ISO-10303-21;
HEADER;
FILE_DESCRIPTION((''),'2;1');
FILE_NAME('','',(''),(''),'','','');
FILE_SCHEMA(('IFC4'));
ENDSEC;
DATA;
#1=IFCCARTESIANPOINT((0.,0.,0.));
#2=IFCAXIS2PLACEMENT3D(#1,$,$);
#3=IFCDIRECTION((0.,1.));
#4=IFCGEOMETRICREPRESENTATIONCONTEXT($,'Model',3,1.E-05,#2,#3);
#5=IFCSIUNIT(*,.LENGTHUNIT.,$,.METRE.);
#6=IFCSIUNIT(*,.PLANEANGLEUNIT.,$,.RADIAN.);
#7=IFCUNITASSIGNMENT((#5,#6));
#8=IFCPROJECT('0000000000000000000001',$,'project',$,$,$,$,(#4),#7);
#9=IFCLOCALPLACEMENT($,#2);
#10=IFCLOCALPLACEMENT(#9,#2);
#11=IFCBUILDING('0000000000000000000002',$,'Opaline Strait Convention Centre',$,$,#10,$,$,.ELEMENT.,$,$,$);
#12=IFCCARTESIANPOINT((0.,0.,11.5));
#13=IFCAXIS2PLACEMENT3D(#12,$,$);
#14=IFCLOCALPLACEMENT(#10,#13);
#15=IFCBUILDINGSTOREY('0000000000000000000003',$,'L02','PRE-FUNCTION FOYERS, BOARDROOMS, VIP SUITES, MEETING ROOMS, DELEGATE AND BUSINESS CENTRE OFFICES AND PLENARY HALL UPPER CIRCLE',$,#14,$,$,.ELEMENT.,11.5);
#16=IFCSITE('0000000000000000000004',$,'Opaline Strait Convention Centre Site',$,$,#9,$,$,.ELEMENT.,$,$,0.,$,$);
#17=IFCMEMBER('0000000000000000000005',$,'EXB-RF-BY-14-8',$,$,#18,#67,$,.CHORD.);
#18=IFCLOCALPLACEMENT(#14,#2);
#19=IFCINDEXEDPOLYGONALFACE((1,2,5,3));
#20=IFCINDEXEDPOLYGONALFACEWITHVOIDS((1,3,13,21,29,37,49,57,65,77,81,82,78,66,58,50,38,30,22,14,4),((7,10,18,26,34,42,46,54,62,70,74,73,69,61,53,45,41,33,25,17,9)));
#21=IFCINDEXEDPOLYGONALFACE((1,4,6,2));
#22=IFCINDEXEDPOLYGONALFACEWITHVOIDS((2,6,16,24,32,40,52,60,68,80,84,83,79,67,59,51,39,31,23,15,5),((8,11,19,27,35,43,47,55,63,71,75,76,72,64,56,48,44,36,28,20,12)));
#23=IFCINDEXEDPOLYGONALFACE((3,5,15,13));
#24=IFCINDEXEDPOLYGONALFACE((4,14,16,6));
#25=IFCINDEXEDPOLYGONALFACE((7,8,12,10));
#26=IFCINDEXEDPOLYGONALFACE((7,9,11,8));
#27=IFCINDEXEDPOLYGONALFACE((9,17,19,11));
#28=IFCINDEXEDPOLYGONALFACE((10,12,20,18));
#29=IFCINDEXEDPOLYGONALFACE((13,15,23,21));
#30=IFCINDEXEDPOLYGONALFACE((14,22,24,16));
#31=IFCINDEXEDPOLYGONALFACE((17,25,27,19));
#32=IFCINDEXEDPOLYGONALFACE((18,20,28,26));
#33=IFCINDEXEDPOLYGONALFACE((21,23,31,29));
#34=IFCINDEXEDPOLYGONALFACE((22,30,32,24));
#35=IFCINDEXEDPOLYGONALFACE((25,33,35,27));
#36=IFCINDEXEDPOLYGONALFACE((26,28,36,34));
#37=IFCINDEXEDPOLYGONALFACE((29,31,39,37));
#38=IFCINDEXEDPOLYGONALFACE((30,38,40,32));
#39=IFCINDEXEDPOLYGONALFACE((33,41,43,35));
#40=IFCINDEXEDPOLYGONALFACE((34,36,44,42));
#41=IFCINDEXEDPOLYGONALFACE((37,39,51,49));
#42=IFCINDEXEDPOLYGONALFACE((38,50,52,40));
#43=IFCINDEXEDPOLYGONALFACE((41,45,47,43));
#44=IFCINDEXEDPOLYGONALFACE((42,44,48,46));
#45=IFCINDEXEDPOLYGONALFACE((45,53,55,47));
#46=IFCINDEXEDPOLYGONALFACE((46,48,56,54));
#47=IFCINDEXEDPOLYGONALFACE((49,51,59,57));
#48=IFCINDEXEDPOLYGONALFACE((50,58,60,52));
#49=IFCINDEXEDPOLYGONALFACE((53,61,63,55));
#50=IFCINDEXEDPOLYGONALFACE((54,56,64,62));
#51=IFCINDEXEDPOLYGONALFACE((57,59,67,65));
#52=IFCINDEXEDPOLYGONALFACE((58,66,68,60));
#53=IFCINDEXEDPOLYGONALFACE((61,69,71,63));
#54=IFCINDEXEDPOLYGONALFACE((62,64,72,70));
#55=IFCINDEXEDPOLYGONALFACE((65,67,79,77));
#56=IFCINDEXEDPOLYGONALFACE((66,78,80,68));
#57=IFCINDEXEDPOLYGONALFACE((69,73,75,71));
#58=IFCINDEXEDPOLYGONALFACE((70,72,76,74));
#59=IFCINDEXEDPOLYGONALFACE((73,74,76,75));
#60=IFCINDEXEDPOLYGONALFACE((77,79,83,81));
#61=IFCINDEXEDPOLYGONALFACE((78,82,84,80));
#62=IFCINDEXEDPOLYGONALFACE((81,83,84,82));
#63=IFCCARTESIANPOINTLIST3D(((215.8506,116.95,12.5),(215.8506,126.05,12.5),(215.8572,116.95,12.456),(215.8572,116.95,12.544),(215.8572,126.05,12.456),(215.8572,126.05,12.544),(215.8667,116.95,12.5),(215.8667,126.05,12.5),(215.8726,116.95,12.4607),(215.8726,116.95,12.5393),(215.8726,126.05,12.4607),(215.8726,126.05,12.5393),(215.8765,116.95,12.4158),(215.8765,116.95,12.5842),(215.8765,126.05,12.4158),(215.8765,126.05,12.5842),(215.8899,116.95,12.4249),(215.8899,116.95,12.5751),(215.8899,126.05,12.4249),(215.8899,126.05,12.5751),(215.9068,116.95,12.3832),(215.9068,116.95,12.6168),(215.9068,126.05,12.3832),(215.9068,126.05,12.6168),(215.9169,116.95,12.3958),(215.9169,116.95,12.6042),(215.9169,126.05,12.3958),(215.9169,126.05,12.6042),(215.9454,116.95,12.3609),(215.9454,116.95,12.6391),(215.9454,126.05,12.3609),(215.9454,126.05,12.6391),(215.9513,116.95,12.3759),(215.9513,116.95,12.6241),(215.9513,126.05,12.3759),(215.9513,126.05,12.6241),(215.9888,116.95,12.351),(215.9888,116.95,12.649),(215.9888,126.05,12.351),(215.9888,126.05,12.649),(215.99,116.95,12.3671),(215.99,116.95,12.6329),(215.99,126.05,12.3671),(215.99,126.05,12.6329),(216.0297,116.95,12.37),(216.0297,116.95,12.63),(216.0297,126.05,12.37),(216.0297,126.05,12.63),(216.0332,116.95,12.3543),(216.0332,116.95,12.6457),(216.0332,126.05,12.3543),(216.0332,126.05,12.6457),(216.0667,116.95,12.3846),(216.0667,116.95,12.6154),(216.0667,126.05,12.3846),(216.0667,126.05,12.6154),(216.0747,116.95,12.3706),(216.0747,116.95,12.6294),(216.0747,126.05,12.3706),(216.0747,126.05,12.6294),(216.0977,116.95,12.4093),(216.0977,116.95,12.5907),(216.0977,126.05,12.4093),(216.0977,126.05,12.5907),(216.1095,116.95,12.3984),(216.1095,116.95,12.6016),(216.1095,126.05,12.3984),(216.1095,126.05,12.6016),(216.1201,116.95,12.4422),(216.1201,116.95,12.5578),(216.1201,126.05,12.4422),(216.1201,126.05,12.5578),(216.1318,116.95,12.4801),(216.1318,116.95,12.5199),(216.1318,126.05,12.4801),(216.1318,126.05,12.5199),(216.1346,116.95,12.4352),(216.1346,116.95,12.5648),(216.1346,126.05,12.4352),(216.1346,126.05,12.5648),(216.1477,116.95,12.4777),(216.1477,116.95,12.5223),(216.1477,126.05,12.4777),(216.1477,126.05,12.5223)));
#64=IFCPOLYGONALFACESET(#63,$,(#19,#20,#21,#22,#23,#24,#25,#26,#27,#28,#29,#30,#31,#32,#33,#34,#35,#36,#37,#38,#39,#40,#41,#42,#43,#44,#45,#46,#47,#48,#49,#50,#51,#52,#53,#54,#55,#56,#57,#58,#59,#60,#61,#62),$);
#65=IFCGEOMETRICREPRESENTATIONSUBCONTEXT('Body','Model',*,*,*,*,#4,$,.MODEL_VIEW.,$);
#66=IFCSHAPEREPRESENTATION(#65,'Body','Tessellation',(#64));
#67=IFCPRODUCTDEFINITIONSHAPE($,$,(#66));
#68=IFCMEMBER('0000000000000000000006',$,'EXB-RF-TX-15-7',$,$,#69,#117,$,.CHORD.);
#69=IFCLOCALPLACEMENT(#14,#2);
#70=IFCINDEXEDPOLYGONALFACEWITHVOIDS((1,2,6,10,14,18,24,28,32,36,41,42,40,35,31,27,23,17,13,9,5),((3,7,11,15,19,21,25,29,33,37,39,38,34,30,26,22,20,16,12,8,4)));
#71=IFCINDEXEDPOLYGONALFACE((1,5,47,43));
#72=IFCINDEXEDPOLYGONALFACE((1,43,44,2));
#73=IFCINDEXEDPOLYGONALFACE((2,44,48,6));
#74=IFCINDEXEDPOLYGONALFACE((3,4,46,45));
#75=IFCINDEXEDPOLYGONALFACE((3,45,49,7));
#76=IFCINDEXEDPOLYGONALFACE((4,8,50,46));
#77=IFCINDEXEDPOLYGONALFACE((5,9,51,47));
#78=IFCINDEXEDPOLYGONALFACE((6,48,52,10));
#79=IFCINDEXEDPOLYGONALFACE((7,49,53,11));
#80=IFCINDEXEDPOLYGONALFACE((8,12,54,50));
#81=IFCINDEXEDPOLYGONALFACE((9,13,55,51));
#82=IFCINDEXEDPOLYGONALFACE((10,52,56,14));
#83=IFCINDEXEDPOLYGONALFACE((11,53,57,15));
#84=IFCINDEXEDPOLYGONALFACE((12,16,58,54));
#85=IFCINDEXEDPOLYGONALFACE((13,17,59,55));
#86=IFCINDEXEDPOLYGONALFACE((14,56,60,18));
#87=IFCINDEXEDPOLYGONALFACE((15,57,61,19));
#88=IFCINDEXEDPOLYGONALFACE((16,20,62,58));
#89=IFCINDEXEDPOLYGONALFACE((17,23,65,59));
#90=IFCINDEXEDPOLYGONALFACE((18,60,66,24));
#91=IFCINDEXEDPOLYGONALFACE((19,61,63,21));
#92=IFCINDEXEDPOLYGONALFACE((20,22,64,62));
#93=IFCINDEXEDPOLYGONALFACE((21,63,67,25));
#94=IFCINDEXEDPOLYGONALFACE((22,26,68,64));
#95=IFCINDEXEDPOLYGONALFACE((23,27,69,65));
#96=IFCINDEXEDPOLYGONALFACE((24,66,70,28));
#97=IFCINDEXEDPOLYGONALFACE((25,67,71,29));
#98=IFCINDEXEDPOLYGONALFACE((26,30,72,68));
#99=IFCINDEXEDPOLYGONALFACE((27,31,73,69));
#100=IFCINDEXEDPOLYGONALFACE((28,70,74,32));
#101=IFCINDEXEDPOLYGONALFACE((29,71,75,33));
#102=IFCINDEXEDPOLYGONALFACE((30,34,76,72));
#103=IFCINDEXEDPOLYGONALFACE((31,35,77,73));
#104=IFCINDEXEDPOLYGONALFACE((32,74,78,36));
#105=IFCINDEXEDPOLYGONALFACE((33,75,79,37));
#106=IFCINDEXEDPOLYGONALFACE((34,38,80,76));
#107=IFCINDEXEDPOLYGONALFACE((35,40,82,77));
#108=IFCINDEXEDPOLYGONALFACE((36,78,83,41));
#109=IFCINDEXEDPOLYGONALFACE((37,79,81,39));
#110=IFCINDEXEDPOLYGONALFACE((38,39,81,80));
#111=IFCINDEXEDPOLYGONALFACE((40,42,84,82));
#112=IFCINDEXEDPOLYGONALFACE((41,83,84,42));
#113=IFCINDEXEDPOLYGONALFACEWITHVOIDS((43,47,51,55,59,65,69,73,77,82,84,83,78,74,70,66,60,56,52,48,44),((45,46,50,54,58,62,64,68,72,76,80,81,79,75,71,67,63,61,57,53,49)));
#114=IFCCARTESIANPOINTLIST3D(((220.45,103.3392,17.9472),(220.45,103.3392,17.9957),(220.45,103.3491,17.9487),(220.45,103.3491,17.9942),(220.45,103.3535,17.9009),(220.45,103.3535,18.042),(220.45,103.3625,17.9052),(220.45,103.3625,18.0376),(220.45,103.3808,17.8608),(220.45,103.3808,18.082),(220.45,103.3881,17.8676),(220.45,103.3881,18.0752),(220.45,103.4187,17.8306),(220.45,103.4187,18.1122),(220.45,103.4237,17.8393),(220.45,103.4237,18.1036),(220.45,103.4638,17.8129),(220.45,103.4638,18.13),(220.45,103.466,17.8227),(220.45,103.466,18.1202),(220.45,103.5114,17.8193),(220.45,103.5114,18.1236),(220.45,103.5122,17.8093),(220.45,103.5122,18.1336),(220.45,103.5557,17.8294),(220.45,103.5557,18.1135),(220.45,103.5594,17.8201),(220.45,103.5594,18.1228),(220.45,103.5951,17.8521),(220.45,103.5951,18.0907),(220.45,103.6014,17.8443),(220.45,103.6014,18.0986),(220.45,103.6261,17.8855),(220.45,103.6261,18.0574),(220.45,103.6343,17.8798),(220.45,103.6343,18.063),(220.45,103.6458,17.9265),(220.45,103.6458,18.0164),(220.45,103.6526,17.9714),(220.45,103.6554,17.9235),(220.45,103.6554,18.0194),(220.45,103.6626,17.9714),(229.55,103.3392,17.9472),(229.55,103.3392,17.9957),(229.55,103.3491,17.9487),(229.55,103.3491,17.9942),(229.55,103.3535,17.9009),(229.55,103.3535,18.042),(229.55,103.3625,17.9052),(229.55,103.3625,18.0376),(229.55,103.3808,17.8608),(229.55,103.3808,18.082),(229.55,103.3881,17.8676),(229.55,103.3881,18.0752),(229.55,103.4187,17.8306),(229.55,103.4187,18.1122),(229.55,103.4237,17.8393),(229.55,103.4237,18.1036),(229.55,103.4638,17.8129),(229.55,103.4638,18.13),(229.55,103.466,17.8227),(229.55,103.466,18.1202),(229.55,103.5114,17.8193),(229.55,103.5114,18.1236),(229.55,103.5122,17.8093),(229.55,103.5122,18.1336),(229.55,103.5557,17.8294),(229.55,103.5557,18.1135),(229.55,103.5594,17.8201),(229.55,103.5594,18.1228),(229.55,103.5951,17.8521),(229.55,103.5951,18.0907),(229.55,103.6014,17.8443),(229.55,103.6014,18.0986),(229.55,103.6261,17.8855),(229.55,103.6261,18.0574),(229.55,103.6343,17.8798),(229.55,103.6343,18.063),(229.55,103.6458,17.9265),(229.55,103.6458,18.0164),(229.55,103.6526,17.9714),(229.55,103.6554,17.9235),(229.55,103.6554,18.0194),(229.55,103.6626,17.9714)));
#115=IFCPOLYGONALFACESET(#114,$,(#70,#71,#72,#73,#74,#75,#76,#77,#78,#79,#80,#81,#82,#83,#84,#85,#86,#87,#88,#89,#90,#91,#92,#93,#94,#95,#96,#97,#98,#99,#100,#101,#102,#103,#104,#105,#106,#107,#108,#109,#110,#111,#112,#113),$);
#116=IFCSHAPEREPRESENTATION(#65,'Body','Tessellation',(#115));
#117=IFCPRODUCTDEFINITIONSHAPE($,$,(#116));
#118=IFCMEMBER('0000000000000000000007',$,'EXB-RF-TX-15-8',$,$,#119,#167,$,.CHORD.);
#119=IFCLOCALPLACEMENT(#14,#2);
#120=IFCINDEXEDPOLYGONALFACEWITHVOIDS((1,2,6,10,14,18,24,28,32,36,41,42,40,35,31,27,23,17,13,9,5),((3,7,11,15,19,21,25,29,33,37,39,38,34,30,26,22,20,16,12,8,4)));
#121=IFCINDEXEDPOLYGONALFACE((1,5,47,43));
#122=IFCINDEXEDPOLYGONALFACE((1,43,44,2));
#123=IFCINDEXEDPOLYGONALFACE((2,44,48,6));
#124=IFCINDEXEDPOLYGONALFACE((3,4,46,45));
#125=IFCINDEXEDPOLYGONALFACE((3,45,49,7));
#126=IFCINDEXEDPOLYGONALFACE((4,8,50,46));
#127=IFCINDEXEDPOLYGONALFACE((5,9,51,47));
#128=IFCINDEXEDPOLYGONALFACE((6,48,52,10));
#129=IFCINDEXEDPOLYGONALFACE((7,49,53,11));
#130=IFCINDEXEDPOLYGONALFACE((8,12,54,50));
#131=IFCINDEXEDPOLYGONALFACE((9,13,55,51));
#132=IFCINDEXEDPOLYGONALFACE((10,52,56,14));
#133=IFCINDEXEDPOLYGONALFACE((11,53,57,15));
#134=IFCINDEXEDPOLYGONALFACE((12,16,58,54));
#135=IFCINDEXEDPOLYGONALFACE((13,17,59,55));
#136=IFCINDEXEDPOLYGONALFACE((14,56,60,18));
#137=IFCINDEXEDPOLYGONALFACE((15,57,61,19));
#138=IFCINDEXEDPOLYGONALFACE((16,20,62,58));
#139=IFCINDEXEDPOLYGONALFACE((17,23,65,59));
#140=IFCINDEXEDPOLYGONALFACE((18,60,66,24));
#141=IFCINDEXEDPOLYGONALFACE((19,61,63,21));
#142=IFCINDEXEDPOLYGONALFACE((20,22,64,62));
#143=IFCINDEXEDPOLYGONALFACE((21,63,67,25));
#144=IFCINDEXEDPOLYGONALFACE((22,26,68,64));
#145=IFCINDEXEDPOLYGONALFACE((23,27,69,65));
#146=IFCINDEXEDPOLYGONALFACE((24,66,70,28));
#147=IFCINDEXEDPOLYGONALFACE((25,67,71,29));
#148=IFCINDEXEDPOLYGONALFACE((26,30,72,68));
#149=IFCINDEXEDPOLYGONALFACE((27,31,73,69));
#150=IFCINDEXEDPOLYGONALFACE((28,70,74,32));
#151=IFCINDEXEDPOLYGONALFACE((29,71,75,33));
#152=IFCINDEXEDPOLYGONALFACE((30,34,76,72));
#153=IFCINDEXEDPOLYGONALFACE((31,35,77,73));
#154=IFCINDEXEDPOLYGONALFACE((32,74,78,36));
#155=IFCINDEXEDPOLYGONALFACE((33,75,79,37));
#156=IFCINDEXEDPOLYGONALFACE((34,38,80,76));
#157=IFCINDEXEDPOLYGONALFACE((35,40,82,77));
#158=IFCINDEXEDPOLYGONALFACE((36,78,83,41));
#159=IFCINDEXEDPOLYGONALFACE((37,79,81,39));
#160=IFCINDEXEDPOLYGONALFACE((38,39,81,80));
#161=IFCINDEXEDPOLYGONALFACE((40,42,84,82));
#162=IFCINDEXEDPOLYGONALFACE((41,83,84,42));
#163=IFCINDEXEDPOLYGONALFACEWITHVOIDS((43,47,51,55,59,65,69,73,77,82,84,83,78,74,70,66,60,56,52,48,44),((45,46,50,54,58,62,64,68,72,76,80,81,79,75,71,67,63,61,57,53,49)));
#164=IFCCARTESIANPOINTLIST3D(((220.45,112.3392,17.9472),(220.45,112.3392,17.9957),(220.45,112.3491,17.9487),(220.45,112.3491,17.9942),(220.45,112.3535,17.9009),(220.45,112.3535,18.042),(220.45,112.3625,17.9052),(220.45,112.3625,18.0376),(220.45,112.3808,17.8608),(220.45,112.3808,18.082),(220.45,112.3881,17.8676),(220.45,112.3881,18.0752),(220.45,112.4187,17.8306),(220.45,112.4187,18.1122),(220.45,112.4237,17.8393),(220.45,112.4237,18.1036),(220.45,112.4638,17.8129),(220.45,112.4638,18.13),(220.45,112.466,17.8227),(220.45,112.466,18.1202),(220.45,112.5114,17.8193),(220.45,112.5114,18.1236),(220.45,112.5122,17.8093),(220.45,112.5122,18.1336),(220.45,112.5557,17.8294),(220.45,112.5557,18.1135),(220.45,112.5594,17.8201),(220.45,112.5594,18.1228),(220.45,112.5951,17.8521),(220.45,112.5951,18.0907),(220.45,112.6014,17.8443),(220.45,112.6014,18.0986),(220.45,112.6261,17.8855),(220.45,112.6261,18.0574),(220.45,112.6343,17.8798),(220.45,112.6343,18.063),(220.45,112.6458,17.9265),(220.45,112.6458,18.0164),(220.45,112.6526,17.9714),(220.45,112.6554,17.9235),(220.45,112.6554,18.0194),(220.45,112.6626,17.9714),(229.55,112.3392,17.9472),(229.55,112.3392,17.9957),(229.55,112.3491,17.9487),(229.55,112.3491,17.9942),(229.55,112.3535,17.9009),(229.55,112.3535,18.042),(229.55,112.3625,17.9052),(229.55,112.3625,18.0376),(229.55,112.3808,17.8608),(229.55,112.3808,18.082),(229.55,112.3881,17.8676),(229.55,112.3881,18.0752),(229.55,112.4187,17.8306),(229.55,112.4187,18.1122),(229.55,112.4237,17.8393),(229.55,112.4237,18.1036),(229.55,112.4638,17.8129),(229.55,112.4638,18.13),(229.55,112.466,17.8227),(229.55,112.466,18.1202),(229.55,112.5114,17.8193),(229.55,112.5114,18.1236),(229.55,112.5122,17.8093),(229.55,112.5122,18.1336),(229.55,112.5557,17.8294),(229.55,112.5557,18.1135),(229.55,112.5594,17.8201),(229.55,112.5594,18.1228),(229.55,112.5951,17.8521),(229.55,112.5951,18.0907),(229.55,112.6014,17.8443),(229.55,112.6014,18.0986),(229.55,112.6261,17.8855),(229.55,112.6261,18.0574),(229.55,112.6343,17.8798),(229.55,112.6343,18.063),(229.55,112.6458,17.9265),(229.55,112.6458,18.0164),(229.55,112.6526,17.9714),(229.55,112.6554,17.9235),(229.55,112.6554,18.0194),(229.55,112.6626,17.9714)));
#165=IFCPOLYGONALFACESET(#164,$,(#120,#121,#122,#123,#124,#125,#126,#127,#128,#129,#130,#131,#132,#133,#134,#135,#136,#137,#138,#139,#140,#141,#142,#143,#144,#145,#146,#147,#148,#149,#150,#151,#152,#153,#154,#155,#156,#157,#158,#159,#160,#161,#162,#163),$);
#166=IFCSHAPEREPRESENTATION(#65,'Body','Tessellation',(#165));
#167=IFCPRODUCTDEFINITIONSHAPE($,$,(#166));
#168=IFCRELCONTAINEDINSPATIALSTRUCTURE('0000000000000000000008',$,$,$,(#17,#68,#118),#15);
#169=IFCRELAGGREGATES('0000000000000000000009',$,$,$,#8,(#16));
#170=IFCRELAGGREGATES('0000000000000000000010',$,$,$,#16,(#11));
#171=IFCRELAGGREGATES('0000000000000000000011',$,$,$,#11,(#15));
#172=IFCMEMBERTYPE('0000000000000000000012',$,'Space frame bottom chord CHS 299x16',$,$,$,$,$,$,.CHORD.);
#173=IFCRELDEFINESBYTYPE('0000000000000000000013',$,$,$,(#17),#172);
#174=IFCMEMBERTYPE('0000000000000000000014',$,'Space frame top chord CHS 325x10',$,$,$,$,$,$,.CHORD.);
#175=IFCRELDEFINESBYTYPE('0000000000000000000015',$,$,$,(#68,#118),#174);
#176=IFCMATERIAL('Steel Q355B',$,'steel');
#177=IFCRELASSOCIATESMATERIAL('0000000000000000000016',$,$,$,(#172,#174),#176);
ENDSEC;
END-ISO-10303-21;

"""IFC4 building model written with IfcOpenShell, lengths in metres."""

from ifc_helpers import new_model, si_unit, direction, frame, origin, origin_2d, place, context, subcontext, project, spatial, hollow_circle, extrude, material, material_profile, profile_set, type_object, element, save


model = new_model("IFC4")

# Units and contexts
model_context = context("Model", 3, precision=1e-05, world=origin(), true_north=direction((0.0, 1.0)))
body_context = subcontext(model_context, "Body", "Model", "MODEL_VIEW")
ifc_project = project(units=[si_unit("LENGTHUNIT", "METRE"), si_unit("PLANEANGLEUNIT", "RADIAN")], contexts=[model_context])

# Site, building, storey
site_placement = place(None, origin())
site = spatial("IfcSite", under=ifc_project, at=site_placement, Name="Opaline Strait Convention Centre Site", CompositionType="ELEMENT", RefElevation=0.0)
building_placement = place(site_placement, origin())
building = spatial("IfcBuilding", under=site, at=building_placement, Name="Opaline Strait Convention Centre", CompositionType="ELEMENT")
storey_placement = place(building_placement, frame((0.0, 0.0, 11.5)))
storey = spatial("IfcBuildingStorey", under=building, at=storey_placement, Name="L02", Description="PRE-FUNCTION FOYERS, BOARDROOMS, VIP SUITES, MEETING ROOMS, DELEGATE AND BUSINESS CENTRE OFFICES AND PLENARY HALL UPPER CIRCLE", CompositionType="ELEMENT", Elevation=11.5)

# Members
ifc_material = material(Name="Steel Q355B", Category="steel")
ifc_material_profile_1 = material_profile(ifc_material, hollow_circle(Radius=0.1494, WallThickness=0.0161, at=origin_2d()), Name="CHS 299x16")
ifc_profile_set_1 = profile_set([ifc_material_profile_1], Name="Steel Q355B")
member_type_1 = type_object("IfcMemberType", Name="Space frame bottom chord CHS 299x16", PredefinedType="CHORD", material=ifc_profile_set_1)
for number, where, z_axis, x_axis, name in (
    (1, (216.0, 116.95, 12.5), (0.0, 1.0, 0.0), (-1.0, 0.0, 0.0), "EXB-RF-BY-14-8"),
):
    element("IfcMember", number, at=place(storey_placement, frame(where, z_axis=z_axis, x_axis=x_axis)), inside=storey, type_object=member_type_1, Name=name, PredefinedType="CHORD", context=body_context, shape_type="SweptSolid", body=[
        extrude(hollow_circle(Radius=0.1494, WallThickness=0.0161, at=origin_2d()), origin(), (0.0, 0.0, 1.0), 9.1001),
    ])
ifc_material_profile_2 = material_profile(ifc_material, hollow_circle(Radius=0.1626, WallThickness=0.01, at=origin_2d()), Name="CHS 325x10")
ifc_profile_set_2 = profile_set([ifc_material_profile_2], Name="Steel Q355B")
member_type_2 = type_object("IfcMemberType", Name="Space frame top chord CHS 325x10", PredefinedType="CHORD", material=ifc_profile_set_2)
for number, where, z_axis, x_axis, name in (
    (2, (220.45, 103.5, 17.9714), (1.0, 0.0, 0.0), (0.0, 1.0, 0.0), "EXB-RF-TX-15-7"),
    (3, (220.45, 112.5, 17.9714), (1.0, 0.0, 0.0), (0.0, 1.0, 0.0), "EXB-RF-TX-15-8"),
):
    element("IfcMember", number, at=place(storey_placement, frame(where, z_axis=z_axis, x_axis=x_axis)), inside=storey, type_object=member_type_2, Name=name, PredefinedType="CHORD", context=body_context, shape_type="SweptSolid", body=[
        extrude(hollow_circle(Radius=0.1626, WallThickness=0.01, at=origin_2d()), origin(), (0.0, 0.0, 1.0), 9.1001),
    ])

save(model, "model.ifc")
